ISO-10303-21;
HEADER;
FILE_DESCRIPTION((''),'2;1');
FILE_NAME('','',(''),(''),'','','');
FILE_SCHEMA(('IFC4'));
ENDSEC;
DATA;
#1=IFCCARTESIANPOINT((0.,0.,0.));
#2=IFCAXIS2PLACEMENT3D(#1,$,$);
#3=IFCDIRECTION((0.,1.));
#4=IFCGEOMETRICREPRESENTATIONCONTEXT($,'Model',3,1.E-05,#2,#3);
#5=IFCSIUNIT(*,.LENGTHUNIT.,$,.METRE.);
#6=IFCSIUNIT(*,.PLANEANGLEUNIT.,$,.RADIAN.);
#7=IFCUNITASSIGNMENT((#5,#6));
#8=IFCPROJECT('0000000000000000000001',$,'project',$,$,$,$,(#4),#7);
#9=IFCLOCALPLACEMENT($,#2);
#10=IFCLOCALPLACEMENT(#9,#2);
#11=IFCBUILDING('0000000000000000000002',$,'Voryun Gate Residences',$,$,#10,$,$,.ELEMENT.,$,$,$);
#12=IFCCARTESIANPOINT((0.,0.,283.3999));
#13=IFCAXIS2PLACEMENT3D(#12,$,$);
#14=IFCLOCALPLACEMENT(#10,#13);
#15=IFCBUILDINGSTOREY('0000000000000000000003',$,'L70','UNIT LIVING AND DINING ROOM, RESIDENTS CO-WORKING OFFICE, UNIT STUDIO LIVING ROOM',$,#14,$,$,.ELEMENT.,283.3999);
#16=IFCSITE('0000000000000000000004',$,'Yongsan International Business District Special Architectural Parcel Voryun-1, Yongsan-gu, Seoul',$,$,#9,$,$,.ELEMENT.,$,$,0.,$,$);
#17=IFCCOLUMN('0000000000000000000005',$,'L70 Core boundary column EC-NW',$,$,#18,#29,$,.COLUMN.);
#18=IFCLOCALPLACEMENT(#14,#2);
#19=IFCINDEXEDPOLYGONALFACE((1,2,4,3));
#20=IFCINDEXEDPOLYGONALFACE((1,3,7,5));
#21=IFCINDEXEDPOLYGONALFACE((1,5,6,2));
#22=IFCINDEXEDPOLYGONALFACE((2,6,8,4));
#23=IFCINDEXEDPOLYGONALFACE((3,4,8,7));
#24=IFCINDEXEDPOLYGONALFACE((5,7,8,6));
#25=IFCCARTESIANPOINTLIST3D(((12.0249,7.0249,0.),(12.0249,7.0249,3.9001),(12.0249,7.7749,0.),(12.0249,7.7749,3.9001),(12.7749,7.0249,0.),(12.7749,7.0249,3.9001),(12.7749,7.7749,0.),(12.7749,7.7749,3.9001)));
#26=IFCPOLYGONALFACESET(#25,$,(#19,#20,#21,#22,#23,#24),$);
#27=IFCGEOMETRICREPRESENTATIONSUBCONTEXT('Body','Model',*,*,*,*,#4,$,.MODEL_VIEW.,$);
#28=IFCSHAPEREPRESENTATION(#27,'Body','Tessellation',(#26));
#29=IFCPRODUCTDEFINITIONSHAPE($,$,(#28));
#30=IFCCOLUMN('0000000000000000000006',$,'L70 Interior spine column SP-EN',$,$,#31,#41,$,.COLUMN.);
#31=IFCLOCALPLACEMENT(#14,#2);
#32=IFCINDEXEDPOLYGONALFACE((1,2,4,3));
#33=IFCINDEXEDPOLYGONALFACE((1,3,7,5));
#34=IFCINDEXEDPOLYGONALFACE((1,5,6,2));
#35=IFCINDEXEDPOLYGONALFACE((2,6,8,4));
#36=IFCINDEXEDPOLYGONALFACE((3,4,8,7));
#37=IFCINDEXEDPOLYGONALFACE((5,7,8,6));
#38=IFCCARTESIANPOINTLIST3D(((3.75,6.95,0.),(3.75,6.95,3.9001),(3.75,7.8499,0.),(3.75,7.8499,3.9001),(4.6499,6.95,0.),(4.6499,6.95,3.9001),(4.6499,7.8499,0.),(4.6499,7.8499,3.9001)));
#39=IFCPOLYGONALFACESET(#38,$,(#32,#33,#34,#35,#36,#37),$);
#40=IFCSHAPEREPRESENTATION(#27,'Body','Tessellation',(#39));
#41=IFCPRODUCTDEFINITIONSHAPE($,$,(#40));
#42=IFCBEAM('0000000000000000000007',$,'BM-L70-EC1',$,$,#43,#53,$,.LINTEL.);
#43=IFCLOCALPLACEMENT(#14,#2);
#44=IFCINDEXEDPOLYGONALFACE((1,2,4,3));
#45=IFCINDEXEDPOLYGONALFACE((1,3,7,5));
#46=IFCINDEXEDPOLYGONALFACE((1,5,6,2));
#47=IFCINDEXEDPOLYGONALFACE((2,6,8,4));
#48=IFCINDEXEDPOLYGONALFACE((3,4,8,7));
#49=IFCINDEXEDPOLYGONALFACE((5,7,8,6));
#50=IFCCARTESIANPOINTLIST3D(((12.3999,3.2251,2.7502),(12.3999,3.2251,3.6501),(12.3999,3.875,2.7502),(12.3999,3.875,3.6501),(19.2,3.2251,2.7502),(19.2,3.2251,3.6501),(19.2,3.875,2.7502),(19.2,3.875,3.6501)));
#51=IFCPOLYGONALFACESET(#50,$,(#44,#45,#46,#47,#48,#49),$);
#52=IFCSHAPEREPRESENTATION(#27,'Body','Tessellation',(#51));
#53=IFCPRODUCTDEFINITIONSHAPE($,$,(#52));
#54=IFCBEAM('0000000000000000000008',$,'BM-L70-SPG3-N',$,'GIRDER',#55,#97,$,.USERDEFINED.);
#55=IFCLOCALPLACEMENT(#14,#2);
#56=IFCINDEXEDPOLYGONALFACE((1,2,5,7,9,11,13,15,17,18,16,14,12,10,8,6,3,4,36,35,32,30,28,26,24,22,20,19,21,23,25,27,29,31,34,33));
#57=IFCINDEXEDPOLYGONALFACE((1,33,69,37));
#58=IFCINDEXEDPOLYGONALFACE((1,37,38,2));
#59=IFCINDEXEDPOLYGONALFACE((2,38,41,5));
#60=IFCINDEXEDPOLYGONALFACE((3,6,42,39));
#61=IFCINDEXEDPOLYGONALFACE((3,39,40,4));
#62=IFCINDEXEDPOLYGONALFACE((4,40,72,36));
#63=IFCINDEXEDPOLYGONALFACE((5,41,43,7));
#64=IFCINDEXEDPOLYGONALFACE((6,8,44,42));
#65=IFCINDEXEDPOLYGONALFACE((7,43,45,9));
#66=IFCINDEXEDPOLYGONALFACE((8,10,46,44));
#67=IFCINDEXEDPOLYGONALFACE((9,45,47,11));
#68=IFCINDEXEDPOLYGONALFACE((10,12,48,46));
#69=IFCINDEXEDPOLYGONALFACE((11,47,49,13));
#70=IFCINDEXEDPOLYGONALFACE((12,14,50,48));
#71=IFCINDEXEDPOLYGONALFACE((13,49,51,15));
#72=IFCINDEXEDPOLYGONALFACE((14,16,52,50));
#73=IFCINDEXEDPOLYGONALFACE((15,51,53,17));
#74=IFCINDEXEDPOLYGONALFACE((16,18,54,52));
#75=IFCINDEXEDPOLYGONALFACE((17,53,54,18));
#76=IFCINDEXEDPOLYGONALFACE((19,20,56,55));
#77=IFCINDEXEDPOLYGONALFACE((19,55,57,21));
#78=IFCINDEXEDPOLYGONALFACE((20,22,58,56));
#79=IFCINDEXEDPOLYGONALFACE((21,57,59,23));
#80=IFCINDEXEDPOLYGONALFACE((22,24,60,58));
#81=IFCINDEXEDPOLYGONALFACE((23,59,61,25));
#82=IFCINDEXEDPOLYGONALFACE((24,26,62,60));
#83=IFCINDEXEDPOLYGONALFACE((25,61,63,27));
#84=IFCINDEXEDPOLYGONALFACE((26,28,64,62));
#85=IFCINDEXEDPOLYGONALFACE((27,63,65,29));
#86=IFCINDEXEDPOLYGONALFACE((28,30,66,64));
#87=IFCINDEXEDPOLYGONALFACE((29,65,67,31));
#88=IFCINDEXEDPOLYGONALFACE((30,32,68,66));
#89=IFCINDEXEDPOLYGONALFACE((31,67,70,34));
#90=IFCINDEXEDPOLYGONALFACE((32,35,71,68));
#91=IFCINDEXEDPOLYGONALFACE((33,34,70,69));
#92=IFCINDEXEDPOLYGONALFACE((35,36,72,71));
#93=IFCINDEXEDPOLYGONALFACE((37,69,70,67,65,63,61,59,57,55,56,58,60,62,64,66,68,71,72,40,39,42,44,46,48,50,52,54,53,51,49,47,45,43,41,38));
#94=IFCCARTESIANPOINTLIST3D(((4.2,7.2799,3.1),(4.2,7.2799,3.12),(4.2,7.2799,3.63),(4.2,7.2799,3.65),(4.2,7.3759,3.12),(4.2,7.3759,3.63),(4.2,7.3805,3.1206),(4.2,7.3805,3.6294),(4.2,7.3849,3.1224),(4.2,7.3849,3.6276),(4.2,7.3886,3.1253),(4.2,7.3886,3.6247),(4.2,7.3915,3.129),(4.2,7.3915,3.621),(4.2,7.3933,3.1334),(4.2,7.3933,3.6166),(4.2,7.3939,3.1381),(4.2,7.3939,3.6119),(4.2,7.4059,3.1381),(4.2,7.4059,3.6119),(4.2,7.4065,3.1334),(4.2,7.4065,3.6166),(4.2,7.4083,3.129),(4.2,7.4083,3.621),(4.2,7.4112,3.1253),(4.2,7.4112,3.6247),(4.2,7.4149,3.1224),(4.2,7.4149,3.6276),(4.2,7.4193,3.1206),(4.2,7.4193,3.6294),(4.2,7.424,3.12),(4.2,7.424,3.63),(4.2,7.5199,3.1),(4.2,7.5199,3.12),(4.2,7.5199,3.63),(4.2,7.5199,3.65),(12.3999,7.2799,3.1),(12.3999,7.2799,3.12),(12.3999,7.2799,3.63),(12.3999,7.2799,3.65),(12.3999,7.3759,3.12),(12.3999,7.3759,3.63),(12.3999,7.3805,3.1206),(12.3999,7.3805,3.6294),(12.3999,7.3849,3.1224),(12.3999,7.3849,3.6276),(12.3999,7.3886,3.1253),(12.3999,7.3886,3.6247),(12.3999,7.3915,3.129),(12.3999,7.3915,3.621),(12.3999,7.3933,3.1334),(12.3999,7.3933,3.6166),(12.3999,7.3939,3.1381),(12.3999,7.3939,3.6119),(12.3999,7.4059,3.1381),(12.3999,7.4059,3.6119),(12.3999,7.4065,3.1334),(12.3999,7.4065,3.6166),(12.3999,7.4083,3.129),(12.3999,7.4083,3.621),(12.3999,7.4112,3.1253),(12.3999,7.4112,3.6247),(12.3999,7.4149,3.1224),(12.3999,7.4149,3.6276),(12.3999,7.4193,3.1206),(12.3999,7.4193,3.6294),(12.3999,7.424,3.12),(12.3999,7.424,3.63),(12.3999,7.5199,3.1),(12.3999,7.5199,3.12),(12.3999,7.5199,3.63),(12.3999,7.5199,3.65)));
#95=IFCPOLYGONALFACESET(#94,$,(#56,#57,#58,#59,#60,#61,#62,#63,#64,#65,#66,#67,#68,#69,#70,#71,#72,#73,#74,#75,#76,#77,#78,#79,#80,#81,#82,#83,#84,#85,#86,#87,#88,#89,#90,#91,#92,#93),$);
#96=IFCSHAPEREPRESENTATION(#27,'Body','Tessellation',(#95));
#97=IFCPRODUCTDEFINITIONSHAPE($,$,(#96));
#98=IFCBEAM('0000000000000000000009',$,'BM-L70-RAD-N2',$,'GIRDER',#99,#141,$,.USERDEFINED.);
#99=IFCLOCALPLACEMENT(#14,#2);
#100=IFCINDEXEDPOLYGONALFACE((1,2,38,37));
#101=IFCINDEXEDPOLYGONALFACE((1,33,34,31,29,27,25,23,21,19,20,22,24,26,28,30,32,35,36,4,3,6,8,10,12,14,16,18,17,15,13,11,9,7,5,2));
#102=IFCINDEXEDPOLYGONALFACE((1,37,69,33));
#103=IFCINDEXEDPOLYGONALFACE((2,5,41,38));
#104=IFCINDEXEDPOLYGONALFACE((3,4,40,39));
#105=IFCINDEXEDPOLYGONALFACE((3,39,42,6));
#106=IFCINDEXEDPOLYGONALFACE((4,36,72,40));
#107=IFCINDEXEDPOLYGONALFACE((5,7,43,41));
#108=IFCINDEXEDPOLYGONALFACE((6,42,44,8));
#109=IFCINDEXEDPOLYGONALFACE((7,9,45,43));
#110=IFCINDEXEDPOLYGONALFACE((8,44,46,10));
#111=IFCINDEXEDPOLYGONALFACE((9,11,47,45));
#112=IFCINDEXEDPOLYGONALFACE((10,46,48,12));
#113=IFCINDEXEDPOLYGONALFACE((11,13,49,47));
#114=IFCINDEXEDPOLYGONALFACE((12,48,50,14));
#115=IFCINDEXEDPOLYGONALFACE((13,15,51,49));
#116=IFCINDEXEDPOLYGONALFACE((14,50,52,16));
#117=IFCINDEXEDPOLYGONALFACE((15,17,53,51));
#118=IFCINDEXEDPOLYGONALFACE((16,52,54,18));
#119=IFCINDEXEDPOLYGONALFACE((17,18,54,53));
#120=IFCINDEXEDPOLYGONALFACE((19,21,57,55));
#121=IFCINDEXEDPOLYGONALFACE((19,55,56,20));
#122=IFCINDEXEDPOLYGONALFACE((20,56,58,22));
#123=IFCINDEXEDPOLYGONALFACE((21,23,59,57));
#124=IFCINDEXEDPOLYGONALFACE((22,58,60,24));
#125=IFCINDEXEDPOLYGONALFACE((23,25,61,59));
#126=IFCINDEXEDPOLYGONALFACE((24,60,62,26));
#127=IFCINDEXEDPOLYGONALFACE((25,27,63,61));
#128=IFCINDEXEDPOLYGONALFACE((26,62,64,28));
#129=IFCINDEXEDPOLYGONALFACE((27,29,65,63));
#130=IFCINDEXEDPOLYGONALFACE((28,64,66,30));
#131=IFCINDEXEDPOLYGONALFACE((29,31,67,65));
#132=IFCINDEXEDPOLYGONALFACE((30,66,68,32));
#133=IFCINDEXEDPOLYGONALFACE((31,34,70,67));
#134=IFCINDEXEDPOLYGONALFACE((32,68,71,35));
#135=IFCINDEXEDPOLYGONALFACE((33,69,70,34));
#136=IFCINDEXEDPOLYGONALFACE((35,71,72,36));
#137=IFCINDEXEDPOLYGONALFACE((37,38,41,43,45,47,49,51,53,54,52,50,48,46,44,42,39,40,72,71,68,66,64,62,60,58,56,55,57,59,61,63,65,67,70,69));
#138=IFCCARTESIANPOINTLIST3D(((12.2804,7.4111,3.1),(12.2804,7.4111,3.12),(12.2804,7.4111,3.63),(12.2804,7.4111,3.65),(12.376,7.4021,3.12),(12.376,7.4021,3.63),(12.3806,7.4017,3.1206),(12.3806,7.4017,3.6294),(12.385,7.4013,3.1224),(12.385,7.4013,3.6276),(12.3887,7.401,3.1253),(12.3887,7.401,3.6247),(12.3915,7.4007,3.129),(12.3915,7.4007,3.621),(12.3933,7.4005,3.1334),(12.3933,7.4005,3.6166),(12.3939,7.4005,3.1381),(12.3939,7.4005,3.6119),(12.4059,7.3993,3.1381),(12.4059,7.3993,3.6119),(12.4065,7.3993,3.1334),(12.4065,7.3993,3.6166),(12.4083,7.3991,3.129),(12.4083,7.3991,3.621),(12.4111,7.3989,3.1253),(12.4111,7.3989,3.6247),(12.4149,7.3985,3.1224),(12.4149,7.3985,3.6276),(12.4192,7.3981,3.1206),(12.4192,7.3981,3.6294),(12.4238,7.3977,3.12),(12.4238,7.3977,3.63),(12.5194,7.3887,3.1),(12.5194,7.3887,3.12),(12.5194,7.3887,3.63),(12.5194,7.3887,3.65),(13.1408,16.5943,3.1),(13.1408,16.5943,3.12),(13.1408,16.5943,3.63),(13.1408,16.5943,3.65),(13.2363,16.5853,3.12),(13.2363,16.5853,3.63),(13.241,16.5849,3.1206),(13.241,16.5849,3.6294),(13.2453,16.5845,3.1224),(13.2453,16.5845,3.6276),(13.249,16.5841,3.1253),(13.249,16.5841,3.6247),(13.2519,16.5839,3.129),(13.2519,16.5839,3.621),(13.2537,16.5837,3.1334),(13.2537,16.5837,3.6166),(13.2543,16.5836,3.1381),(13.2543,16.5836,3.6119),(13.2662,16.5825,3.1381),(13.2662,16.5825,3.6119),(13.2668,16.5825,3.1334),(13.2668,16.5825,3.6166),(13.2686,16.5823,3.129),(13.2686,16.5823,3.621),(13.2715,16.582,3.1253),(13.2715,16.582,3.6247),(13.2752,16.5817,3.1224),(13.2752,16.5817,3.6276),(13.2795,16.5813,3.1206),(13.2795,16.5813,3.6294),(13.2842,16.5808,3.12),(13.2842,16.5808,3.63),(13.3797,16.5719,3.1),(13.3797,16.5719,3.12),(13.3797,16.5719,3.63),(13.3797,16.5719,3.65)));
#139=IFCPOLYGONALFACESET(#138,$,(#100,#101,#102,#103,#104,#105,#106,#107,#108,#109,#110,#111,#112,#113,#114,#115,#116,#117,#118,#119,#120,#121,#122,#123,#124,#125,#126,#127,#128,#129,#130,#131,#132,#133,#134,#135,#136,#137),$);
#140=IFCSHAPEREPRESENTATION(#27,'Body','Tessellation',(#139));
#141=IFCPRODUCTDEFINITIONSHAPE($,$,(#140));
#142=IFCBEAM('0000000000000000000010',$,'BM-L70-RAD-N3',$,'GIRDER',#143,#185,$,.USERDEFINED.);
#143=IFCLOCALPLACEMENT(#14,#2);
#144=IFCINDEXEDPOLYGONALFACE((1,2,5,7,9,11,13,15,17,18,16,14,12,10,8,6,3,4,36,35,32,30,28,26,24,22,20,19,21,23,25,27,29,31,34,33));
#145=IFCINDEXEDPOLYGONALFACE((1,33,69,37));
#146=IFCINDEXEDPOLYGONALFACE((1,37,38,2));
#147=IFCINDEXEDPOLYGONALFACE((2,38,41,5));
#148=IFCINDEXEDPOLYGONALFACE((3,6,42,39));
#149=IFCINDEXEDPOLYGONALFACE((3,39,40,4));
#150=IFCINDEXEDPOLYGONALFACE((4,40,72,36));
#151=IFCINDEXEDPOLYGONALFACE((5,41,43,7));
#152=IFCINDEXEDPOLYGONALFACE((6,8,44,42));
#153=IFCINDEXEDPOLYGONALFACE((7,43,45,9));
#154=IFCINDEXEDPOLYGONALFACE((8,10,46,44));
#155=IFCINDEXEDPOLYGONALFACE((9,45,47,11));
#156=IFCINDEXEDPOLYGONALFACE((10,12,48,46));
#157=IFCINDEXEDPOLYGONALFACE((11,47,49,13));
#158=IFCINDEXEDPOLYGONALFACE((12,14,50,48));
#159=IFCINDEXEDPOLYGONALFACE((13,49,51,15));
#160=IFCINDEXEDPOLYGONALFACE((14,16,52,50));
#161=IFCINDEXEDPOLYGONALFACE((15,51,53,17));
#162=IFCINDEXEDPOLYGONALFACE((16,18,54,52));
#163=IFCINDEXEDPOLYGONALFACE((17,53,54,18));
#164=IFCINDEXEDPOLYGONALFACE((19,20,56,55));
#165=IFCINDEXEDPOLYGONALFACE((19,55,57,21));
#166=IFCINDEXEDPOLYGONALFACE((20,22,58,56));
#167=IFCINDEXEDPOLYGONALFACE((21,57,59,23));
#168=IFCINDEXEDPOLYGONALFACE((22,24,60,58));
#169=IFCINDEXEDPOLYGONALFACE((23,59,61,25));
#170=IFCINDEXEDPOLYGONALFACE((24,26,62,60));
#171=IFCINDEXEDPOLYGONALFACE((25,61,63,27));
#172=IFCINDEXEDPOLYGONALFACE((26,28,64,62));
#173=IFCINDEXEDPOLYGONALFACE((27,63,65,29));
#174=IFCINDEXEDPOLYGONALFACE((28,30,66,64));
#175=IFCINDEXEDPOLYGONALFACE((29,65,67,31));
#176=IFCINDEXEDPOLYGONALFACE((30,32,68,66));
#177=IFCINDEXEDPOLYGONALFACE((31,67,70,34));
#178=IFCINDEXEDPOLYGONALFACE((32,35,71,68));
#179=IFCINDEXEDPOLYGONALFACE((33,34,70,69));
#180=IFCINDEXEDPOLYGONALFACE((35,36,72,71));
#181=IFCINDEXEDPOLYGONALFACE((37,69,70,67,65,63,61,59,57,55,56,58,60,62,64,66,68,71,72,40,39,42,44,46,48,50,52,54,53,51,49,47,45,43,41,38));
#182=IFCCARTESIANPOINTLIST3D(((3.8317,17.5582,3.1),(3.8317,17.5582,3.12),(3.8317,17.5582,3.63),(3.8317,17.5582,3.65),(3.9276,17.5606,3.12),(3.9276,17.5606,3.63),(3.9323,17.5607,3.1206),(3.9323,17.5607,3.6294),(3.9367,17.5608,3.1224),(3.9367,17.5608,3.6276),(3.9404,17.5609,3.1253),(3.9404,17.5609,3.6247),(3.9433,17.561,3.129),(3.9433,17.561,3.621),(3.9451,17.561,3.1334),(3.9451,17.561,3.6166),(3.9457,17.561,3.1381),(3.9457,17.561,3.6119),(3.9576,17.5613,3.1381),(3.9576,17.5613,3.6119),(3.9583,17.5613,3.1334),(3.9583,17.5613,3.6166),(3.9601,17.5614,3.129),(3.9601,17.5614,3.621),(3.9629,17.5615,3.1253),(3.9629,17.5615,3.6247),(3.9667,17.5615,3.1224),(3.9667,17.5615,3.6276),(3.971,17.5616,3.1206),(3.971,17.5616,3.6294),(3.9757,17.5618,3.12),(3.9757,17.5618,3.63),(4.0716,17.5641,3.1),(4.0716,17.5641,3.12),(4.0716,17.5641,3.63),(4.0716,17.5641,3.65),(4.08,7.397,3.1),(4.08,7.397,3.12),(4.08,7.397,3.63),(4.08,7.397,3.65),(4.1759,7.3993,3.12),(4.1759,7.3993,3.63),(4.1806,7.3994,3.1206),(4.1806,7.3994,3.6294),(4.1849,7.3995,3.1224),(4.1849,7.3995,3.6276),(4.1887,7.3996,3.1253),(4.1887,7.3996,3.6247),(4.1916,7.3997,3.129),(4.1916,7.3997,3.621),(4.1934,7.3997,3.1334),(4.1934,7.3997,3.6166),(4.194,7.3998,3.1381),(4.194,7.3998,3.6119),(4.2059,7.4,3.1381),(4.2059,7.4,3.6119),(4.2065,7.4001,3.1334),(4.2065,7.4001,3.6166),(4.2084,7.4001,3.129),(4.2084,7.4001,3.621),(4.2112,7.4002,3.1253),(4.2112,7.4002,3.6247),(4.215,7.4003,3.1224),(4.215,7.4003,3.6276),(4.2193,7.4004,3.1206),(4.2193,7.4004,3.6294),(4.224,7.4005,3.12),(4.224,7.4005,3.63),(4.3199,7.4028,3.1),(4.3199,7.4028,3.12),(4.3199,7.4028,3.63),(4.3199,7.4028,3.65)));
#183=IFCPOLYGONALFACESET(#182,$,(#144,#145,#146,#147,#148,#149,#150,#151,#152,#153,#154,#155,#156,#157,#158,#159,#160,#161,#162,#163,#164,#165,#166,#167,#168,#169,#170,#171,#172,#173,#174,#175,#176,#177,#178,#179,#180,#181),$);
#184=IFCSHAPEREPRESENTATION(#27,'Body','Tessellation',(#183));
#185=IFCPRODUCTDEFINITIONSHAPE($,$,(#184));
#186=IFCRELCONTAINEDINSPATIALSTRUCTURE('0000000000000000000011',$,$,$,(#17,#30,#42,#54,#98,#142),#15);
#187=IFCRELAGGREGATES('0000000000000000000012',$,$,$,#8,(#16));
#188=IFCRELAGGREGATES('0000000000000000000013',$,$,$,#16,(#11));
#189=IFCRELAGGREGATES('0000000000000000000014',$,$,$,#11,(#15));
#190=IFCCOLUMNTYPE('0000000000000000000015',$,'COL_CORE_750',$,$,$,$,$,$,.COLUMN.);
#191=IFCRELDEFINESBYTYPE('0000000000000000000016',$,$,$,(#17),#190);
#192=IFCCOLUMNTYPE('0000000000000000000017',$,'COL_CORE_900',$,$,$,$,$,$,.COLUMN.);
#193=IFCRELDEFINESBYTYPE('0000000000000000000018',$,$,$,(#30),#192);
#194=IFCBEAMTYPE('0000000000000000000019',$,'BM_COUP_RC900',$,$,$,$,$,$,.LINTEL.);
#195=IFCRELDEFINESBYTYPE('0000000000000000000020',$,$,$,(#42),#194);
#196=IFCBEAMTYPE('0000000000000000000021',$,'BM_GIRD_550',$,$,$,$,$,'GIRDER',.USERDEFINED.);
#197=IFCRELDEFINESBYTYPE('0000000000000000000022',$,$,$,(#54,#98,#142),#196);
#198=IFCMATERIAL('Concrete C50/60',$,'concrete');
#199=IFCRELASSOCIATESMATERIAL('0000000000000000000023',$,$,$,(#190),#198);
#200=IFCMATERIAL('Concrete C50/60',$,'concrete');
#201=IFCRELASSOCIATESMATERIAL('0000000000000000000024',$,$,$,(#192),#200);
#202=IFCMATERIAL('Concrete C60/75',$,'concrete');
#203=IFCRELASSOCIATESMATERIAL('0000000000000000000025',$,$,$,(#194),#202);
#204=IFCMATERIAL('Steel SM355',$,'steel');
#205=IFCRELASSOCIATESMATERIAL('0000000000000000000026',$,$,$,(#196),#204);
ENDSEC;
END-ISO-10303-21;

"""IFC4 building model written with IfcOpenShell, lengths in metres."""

from ifc_helpers import new_model, si_unit, direction, frame, origin, origin_2d, place, context, subcontext, project, spatial, rectangle, i_section, extrude, material, material_profile, profile_set, type_object, element, save


model = new_model("IFC4")

# Units and contexts
model_context = context("Model", 3, precision=1e-05, world=origin(), true_north=direction((0.0, 1.0)))
body_context = subcontext(model_context, "Body", "Model", "MODEL_VIEW")
ifc_project = project(units=[si_unit("LENGTHUNIT", "METRE"), si_unit("PLANEANGLEUNIT", "RADIAN")], contexts=[model_context])

# Site, building, storey
site_placement = place(None, origin())
site = spatial("IfcSite", under=ifc_project, at=site_placement, Name="Yongsan International Business District Special Architectural Parcel Voryun-1, Yongsan-gu, Seoul", CompositionType="ELEMENT", RefElevation=0.0)
building_placement = place(site_placement, origin())
building = spatial("IfcBuilding", under=site, at=building_placement, Name="Voryun Gate Residences", CompositionType="ELEMENT")
storey_placement = place(building_placement, frame((0.0, 0.0, 283.3999)))
storey = spatial("IfcBuildingStorey", under=building, at=storey_placement, Name="L70", Description="UNIT LIVING AND DINING ROOM, RESIDENTS CO-WORKING OFFICE, UNIT STUDIO LIVING ROOM", CompositionType="ELEMENT", Elevation=283.3999)

# Columns
ifc_material_1 = material(Name="Concrete C50/60", Category="concrete")
ifc_material_profile_1 = material_profile(ifc_material_1, rectangle(XDim=0.75, YDim=0.75, at=origin_2d()), Name="RC-750x750")
ifc_profile_set_1 = profile_set([ifc_material_profile_1], Name="Concrete C50/60")
column_type_1 = type_object("IfcColumnType", Name="COL_CORE_750", PredefinedType="COLUMN", material=ifc_profile_set_1)
column_1_placement = place(storey_placement, frame((12.3999, 7.3999, 0.0), z_axis=(0.0, 0.0, 1.0), x_axis=(1.0, 0.0, 0.0)))
element("IfcColumn", 1, at=column_1_placement, inside=storey, type_object=column_type_1, Name="L70 Core boundary column EC-NW", PredefinedType="COLUMN", context=body_context, shape_type="SweptSolid", body=[
    extrude(rectangle(XDim=0.75, YDim=0.75, at=origin_2d()), origin(), (0.0, 0.0, 1.0), 3.9001),
])
ifc_material_2 = material(Name="Concrete C50/60", Category="concrete")
ifc_material_profile_2 = material_profile(ifc_material_2, rectangle(XDim=0.8999, YDim=0.8999, at=origin_2d()), Name="RC-900x900")
ifc_profile_set_2 = profile_set([ifc_material_profile_2], Name="Concrete C50/60")
column_type_2 = type_object("IfcColumnType", Name="COL_CORE_900", PredefinedType="COLUMN", material=ifc_profile_set_2)
column_2_placement = place(storey_placement, frame((4.2, 7.3999, 0.0), z_axis=(0.0, 0.0, 1.0), x_axis=(1.0, 0.0, 0.0)))
element("IfcColumn", 2, at=column_2_placement, inside=storey, type_object=column_type_2, Name="L70 Interior spine column SP-EN", PredefinedType="COLUMN", context=body_context, shape_type="SweptSolid", body=[
    extrude(rectangle(XDim=0.8999, YDim=0.8999, at=origin_2d()), origin(), (0.0, 0.0, 1.0), 3.9001),
])

# Beams
ifc_material_3 = material(Name="Concrete C60/75", Category="concrete")
ifc_material_profile_3 = material_profile(ifc_material_3, rectangle(XDim=0.6499, YDim=0.8999, at=origin_2d()), Name="RC-650x900")
ifc_profile_set_3 = profile_set([ifc_material_profile_3], Name="Concrete C60/75")
beam_type_1 = type_object("IfcBeamType", Name="BM_COUP_RC900", PredefinedType="LINTEL", material=ifc_profile_set_3)
beam_1_placement = place(storey_placement, frame((12.3999, 3.55, 3.2002), z_axis=(1.0, 0.0, 0.0), x_axis=(0.0, 1.0, 0.0)))
element("IfcBeam", 3, at=beam_1_placement, inside=storey, type_object=beam_type_1, Name="BM-L70-EC1", PredefinedType="LINTEL", context=body_context, shape_type="SweptSolid", body=[
    extrude(rectangle(XDim=0.6499, YDim=0.8999, at=origin_2d()), origin(), (0.0, 0.0, 1.0), 6.8),
])
ifc_material_4 = material(Name="Steel SM355", Category="steel")
ifc_material_profile_4 = material_profile(ifc_material_4, i_section(OverallWidth=0.24, OverallDepth=0.55, WebThickness=0.012, FlangeThickness=0.02, FilletRadius=0.0181, at=origin_2d()), Name="H-550x240x12x20")
ifc_profile_set_4 = profile_set([ifc_material_profile_4], Name="Steel SM355")
beam_type_2 = type_object("IfcBeamType", Name="BM_GIRD_550", ElementType="GIRDER", PredefinedType="USERDEFINED", material=ifc_profile_set_4)
beam_2_placement = place(storey_placement, frame((4.2, 7.3999, 3.375), z_axis=(1.0, 0.0, 0.0), x_axis=(0.0, 1.0, 0.0)))
element("IfcBeam", 4, at=beam_2_placement, inside=storey, type_object=beam_type_2, Name="BM-L70-SPG3-N", ObjectType="GIRDER", PredefinedType="USERDEFINED", context=body_context, shape_type="SweptSolid", body=[
    extrude(i_section(OverallWidth=0.24, OverallDepth=0.55, WebThickness=0.012, FlangeThickness=0.02, FilletRadius=0.0181, at=origin_2d()), origin(), (0.0, 0.0, 1.0), 8.2),
])
beam_3_placement = place(storey_placement, frame((12.3999, 7.3999, 3.375), z_axis=(0.09328, 0.99564, 0.0), x_axis=(-0.99564, 0.09328, 0.0)))
element("IfcBeam", 5, at=beam_3_placement, inside=storey, type_object=beam_type_2, Name="BM-L70-RAD-N2", ObjectType="GIRDER", PredefinedType="USERDEFINED", context=body_context, shape_type="SweptSolid", body=[
    extrude(i_section(OverallWidth=0.24, OverallDepth=0.55, WebThickness=0.012, FlangeThickness=0.02, FilletRadius=0.0181, at=origin_2d()), origin(), (0.0, 0.0, 1.0), 9.2234),
])
beam_4_placement = place(storey_placement, frame((4.2, 7.3999, 3.375), z_axis=(-0.024427, 0.999702, 0.0), x_axis=(-0.999702, -0.024427, 0.0)))
element("IfcBeam", 6, at=beam_4_placement, inside=storey, type_object=beam_type_2, Name="BM-L70-RAD-N3", ObjectType="GIRDER", PredefinedType="USERDEFINED", context=body_context, shape_type="SweptSolid", body=[
    extrude(i_section(OverallWidth=0.24, OverallDepth=0.55, WebThickness=0.012, FlangeThickness=0.02, FilletRadius=0.0181, at=origin_2d()), origin(), (0.0, 0.0, 1.0), 10.1643),
])

save(model, "model.ifc")
